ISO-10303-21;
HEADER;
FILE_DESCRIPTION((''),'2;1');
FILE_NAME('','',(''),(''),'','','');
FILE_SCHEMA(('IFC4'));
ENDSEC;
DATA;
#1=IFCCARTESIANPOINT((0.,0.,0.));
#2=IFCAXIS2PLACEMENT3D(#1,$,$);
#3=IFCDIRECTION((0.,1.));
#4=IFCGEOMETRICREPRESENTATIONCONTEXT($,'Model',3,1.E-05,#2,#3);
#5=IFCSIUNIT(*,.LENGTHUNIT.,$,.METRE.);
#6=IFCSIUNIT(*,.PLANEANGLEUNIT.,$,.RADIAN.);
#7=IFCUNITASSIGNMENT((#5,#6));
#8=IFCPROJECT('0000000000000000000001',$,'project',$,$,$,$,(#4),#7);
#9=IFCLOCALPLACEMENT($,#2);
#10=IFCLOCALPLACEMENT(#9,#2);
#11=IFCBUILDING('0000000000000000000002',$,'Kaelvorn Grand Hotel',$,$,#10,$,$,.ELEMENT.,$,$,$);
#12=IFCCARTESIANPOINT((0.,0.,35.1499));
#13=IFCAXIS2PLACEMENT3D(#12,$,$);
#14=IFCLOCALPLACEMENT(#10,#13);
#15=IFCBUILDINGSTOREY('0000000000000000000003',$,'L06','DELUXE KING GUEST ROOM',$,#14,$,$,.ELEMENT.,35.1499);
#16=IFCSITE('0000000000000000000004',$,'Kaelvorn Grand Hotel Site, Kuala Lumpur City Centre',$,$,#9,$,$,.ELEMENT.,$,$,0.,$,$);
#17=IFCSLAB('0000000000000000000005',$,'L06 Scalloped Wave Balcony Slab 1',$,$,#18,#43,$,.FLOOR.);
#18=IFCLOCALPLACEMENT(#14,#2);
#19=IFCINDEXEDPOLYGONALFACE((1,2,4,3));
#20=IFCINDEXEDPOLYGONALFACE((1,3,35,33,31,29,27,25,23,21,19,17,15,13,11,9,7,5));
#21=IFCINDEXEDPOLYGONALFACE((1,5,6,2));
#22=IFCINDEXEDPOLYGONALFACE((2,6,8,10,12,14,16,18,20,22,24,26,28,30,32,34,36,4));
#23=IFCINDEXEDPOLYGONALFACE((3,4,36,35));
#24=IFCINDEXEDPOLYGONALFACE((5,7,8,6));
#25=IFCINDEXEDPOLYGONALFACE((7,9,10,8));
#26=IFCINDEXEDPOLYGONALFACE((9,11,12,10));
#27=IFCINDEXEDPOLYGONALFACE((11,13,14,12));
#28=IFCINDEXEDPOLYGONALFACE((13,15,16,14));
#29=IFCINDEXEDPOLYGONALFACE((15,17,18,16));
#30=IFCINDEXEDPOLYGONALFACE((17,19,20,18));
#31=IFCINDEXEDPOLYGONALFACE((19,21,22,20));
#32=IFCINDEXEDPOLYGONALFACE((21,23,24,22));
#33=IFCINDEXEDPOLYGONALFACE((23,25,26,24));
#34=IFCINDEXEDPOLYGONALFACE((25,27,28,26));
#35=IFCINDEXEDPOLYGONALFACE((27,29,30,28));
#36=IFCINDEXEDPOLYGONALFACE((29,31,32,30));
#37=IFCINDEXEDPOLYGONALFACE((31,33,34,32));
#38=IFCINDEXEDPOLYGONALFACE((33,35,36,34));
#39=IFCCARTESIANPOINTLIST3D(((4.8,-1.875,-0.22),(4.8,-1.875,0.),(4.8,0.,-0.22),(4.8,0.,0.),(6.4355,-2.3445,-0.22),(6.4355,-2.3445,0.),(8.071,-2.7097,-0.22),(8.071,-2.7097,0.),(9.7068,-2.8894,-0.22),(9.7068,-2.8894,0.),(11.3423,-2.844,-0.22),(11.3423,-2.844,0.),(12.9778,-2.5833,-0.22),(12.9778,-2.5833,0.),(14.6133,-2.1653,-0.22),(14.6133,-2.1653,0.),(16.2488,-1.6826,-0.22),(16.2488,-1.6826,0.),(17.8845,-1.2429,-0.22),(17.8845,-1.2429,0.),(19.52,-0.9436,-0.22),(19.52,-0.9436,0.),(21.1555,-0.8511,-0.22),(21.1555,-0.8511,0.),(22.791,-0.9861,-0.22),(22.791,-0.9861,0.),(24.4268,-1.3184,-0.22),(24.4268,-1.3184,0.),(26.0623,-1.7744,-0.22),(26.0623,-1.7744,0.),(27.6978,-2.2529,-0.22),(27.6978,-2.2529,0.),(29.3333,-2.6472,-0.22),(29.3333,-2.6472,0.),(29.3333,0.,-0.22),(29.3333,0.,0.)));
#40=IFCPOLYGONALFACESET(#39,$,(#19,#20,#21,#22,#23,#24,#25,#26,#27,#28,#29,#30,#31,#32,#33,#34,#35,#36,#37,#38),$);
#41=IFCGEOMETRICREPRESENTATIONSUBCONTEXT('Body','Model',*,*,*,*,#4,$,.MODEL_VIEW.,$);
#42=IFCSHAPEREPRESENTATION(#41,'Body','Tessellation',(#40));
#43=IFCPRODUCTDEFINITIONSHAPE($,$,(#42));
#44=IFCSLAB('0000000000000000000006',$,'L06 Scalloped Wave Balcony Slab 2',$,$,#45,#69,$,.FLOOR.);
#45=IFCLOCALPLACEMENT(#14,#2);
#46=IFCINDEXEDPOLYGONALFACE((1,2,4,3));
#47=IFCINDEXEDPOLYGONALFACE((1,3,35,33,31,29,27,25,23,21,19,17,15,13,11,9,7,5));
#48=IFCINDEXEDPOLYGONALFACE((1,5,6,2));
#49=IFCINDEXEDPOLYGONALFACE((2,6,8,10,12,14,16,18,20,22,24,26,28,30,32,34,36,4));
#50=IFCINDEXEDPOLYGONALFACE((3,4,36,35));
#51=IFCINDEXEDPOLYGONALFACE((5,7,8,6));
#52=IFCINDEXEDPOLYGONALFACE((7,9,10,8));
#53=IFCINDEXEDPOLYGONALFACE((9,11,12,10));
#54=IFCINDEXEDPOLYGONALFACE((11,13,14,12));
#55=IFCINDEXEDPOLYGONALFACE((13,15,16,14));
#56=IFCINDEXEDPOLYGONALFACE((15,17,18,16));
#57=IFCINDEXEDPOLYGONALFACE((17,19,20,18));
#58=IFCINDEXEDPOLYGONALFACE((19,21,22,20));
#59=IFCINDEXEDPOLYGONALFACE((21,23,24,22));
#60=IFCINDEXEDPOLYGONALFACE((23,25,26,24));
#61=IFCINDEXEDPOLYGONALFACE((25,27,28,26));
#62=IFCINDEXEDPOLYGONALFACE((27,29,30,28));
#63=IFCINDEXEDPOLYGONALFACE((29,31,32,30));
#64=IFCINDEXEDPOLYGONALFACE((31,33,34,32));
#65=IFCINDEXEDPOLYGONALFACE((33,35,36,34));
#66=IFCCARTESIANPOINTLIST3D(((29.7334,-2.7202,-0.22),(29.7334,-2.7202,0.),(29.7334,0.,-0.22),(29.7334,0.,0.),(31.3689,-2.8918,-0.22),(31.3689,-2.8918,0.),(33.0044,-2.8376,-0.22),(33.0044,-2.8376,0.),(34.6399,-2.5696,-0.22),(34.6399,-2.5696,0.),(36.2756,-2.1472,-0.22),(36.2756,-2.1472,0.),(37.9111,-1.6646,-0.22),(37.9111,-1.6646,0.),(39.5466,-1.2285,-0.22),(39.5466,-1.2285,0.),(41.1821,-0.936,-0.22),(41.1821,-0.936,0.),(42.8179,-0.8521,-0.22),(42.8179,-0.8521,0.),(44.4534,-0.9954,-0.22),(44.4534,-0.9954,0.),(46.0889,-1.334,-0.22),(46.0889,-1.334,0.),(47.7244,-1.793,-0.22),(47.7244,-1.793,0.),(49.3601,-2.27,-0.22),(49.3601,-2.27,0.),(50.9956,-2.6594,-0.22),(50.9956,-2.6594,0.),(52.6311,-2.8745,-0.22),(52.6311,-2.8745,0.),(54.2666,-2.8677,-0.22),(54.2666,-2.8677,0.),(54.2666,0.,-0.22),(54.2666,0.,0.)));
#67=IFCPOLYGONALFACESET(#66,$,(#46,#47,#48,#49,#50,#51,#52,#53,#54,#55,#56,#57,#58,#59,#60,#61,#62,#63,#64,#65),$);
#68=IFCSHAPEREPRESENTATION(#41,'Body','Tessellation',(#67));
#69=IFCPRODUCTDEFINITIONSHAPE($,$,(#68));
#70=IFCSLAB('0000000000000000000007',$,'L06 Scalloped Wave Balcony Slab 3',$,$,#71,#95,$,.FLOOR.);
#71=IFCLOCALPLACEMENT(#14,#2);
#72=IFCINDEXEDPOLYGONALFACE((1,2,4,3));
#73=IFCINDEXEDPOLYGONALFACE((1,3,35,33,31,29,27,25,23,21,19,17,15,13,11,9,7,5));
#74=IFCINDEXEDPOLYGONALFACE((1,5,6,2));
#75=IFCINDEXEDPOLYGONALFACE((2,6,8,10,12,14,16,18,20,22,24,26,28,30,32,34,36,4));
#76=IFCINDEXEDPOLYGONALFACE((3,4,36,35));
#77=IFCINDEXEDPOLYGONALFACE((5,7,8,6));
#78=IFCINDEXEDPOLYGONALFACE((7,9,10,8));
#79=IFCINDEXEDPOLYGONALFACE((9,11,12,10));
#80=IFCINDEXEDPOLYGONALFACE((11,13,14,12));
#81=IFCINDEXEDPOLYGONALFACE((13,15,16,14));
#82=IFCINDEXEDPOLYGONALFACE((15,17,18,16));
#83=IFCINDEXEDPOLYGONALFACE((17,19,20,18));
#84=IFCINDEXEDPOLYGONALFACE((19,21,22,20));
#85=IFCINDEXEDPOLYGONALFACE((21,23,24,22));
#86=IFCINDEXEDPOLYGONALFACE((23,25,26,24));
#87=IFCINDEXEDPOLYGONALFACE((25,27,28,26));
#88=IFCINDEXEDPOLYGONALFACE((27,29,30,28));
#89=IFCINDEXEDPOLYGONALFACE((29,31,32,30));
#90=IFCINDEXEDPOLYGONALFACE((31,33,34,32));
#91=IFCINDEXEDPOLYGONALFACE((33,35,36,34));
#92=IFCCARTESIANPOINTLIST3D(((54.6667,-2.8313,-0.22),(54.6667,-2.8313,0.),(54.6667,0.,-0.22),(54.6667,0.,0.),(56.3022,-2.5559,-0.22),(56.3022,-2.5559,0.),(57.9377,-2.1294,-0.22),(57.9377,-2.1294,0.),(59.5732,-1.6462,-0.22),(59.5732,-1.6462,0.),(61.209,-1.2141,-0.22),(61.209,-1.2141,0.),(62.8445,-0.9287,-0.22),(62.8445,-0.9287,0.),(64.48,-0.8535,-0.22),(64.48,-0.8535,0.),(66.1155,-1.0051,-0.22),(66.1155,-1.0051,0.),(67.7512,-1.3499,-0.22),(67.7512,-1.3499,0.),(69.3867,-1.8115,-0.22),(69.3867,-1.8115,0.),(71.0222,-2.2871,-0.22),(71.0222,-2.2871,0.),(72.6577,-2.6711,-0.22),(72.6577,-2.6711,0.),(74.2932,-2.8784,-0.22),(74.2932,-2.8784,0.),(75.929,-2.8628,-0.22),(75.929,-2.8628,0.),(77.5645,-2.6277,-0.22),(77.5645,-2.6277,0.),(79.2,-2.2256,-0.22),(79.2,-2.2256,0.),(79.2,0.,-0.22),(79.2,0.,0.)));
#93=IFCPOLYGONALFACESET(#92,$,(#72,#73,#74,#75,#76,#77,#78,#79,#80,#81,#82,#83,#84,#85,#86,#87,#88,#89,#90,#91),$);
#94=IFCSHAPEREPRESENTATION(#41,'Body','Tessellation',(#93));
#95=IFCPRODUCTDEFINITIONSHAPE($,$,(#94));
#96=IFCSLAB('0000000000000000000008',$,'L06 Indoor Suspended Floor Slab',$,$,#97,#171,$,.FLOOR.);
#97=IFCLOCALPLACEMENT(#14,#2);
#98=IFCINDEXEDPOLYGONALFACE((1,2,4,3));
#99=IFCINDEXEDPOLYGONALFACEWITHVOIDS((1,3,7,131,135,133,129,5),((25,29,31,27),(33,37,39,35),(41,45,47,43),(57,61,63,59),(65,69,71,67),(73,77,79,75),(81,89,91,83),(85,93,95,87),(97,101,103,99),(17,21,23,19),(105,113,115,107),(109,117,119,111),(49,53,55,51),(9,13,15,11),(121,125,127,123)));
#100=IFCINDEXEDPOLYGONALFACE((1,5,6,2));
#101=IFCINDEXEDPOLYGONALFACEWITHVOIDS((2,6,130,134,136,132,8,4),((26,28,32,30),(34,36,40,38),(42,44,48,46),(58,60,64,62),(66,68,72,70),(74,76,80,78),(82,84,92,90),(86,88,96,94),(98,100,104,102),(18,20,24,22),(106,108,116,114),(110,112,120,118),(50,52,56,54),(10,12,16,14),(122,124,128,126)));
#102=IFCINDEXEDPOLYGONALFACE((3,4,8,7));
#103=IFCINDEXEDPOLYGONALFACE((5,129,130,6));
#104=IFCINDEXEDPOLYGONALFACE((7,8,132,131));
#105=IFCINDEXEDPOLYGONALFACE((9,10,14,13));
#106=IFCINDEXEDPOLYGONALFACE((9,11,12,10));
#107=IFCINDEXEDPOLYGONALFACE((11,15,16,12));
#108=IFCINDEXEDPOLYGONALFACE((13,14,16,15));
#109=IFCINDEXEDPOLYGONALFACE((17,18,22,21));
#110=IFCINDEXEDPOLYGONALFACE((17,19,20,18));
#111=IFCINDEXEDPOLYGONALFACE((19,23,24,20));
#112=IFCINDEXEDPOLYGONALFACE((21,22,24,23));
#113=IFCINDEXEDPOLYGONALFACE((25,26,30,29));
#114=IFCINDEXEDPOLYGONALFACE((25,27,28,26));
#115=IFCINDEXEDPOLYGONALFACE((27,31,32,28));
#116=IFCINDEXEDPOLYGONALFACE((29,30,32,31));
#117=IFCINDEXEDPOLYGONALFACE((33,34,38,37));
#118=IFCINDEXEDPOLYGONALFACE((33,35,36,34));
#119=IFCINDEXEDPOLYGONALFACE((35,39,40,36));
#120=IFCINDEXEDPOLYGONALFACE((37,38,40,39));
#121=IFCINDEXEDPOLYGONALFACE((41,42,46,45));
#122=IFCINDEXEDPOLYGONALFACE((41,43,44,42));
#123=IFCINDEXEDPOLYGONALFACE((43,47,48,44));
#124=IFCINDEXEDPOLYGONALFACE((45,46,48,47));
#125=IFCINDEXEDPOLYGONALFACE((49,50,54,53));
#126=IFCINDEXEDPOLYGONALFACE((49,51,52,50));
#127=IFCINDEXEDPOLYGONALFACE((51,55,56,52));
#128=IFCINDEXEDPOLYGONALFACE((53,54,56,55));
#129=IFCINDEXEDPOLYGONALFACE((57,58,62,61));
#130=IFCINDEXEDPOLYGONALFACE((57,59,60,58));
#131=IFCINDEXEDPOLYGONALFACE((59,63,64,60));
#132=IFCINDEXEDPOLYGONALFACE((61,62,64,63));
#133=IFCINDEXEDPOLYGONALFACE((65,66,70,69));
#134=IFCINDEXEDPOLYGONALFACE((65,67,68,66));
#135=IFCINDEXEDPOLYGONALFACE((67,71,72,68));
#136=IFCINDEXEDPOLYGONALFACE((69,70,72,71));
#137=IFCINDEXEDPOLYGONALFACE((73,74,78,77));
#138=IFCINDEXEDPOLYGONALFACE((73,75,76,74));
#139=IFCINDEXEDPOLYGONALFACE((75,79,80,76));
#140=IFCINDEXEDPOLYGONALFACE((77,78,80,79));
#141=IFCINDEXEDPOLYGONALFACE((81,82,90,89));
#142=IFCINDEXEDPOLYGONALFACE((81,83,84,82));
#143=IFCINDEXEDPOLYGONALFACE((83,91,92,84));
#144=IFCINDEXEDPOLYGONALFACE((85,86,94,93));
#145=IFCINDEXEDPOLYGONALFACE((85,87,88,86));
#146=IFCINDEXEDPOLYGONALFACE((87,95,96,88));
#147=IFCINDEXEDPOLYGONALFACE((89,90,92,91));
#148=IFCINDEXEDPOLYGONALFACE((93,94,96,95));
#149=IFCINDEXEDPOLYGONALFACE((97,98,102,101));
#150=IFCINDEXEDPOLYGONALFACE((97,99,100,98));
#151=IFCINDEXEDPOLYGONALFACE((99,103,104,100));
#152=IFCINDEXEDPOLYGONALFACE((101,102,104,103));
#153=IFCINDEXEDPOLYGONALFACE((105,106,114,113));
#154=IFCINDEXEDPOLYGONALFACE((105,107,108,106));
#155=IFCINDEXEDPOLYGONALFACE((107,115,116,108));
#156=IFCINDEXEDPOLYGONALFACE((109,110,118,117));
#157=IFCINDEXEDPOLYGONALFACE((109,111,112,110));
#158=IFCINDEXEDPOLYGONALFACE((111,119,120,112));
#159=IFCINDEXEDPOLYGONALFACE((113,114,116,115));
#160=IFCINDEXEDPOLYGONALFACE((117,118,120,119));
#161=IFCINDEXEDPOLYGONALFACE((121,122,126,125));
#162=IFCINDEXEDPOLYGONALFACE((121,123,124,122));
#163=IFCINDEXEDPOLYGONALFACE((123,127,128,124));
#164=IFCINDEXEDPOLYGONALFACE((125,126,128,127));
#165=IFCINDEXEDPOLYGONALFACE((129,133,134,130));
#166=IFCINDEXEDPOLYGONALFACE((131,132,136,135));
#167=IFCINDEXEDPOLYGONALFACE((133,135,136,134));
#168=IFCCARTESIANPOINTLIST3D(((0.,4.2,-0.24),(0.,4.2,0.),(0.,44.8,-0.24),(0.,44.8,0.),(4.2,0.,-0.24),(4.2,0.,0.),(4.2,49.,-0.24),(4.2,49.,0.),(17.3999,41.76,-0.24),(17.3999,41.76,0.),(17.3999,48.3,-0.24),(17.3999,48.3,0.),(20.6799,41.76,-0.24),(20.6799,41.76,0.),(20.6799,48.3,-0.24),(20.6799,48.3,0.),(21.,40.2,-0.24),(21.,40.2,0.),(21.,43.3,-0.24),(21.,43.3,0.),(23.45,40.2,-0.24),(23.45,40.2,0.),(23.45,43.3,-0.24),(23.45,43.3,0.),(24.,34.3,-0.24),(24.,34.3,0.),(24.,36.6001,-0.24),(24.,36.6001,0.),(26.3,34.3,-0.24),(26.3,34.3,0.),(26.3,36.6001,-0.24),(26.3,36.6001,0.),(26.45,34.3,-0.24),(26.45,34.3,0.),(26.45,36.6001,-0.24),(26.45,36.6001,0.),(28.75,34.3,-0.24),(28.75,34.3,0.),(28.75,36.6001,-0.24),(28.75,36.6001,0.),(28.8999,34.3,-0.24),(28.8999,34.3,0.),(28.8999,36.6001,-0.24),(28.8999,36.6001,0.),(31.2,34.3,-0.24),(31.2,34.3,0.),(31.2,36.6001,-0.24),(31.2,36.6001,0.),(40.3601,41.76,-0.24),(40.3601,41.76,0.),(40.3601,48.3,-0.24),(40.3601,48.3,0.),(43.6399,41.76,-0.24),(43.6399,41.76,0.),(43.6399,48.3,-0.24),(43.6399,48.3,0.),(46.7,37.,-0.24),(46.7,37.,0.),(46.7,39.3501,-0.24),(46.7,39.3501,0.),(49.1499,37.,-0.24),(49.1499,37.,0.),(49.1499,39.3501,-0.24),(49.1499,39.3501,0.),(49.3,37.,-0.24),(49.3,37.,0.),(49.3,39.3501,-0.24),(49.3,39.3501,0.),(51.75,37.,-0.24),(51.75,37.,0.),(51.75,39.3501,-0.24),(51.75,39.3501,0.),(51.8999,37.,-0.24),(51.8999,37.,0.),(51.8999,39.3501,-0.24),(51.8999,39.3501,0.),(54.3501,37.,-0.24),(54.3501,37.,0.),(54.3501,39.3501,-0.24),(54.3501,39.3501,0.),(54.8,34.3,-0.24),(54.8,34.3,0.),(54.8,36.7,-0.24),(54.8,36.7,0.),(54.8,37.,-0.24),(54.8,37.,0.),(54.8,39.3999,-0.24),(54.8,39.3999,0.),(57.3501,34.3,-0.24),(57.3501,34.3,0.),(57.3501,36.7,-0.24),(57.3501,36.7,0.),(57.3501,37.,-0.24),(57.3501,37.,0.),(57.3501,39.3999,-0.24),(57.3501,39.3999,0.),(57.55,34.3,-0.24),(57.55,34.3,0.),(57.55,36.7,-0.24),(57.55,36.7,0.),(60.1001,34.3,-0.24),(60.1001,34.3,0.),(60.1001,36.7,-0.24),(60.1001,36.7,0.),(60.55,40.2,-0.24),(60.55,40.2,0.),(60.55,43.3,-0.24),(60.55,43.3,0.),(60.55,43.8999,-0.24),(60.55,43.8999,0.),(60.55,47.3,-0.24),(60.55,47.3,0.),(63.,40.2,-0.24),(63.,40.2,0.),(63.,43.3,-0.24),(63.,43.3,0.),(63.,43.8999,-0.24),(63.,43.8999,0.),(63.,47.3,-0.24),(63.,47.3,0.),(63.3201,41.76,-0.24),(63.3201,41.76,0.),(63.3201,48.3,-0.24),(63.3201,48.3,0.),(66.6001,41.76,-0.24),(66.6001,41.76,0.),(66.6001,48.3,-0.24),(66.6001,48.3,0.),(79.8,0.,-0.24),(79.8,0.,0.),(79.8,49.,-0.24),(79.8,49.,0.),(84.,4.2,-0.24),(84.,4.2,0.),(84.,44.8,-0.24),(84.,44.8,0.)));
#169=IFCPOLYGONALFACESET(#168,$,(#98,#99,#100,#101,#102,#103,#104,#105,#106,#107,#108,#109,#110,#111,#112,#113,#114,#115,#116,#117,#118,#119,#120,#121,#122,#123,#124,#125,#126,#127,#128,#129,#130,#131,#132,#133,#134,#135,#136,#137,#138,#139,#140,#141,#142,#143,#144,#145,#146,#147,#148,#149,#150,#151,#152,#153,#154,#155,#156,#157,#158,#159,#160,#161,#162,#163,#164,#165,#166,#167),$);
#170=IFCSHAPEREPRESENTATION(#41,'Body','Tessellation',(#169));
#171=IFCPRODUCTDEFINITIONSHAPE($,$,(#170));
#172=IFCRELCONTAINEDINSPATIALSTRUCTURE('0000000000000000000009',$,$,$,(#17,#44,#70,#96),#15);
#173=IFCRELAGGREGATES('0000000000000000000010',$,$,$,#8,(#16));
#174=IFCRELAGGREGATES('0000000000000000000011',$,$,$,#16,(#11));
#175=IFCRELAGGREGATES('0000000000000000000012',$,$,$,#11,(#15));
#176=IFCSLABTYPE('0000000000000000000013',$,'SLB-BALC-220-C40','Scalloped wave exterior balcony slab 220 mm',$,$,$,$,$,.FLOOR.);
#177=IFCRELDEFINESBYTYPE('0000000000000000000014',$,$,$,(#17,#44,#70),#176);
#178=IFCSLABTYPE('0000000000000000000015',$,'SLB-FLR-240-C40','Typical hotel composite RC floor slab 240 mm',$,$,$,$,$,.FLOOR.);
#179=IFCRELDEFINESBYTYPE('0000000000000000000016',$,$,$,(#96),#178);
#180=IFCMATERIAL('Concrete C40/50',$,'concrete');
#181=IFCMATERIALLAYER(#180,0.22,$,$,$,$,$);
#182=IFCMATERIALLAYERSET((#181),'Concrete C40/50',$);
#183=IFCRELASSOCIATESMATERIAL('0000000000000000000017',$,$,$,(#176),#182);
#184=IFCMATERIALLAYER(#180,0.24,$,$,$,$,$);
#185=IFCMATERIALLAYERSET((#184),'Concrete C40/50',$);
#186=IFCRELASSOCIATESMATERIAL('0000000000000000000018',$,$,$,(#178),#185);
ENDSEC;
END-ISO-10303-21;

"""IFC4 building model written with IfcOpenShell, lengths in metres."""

from ifc_helpers import new_model, si_unit, direction, frame, origin, place, context, subcontext, project, spatial, polyline, outline, extrude, material, layer, layer_set, type_object, element, save


model = new_model("IFC4")

# Units and contexts
model_context = context("Model", 3, precision=1e-05, world=origin(), true_north=direction((0.0, 1.0)))
body_context = subcontext(model_context, "Body", "Model", "MODEL_VIEW")
ifc_project = project(units=[si_unit("LENGTHUNIT", "METRE"), si_unit("PLANEANGLEUNIT", "RADIAN")], contexts=[model_context])

# Site, building, storey
site_placement = place(None, origin())
site = spatial("IfcSite", under=ifc_project, at=site_placement, Name="Kaelvorn Grand Hotel Site, Kuala Lumpur City Centre", CompositionType="ELEMENT", RefElevation=0.0)
building_placement = place(site_placement, origin())
building = spatial("IfcBuilding", under=site, at=building_placement, Name="Kaelvorn Grand Hotel", CompositionType="ELEMENT")
storey_placement = place(building_placement, frame((0.0, 0.0, 35.1499)))
storey = spatial("IfcBuildingStorey", under=building, at=storey_placement, Name="L06", Description="DELUXE KING GUEST ROOM", CompositionType="ELEMENT", Elevation=35.1499)

# Slabs
ifc_material_1 = material(Name="Concrete C40/50", Category="concrete")
ifc_layer_1 = layer(ifc_material_1, 0.22)
ifc_layer_set_1 = layer_set([ifc_layer_1], Name="Concrete C40/50")
slab_type_1 = type_object("IfcSlabType", Name="SLB-BALC-220-C40", Description="Scalloped wave exterior balcony slab 220 mm", PredefinedType="FLOOR", material=ifc_layer_set_1)
slab_1_placement = place(storey_placement, frame((0.0, 0.0, -0.22)))
element("IfcSlab", 1, at=slab_1_placement, inside=storey, type_object=slab_type_1, Name="L06 Scalloped Wave Balcony Slab 1", PredefinedType="FLOOR", context=body_context, shape_type="SweptSolid", body=[
    extrude(outline(polyline([(4.8, -1.875), (6.4355, -2.3445), (8.071, -2.7097), (9.7068, -2.8894), (11.3423, -2.844), (12.9778, -2.5833), (14.6133, -2.1653), (16.2488, -1.6826), (17.8845, -1.2429), (19.52, -0.9436), (21.1555, -0.8511), (22.791, -0.9861), (24.4268, -1.3184), (26.0623, -1.7744), (27.6978, -2.2529), (29.3333, -2.6472), (29.3333, 0.0), (4.8, 0.0), (4.8, -1.875)])), origin(), (0.0, 0.0, 1.0), 0.22),
])
slab_2_placement = place(storey_placement, frame((0.0, 0.0, -0.22)))
element("IfcSlab", 2, at=slab_2_placement, inside=storey, type_object=slab_type_1, Name="L06 Scalloped Wave Balcony Slab 2", PredefinedType="FLOOR", context=body_context, shape_type="SweptSolid", body=[
    extrude(outline(polyline([(29.7334, -2.7202), (31.3689, -2.8918), (33.0044, -2.8376), (34.6399, -2.5696), (36.2756, -2.1472), (37.9111, -1.6646), (39.5466, -1.2285), (41.1821, -0.936), (42.8179, -0.8521), (44.4534, -0.9954), (46.0889, -1.334), (47.7244, -1.793), (49.3601, -2.27), (50.9956, -2.6594), (52.6311, -2.8745), (54.2666, -2.8677), (54.2666, 0.0), (29.7334, 0.0), (29.7334, -2.7202)])), origin(), (0.0, 0.0, 1.0), 0.22),
])
slab_3_placement = place(storey_placement, frame((0.0, 0.0, -0.22)))
element("IfcSlab", 3, at=slab_3_placement, inside=storey, type_object=slab_type_1, Name="L06 Scalloped Wave Balcony Slab 3", PredefinedType="FLOOR", context=body_context, shape_type="SweptSolid", body=[
    extrude(outline(polyline([(54.6667, -2.8313), (56.3022, -2.5559), (57.9377, -2.1294), (59.5732, -1.6462), (61.209, -1.2141), (62.8445, -0.9287), (64.48, -0.8535), (66.1155, -1.0051), (67.7512, -1.3499), (69.3867, -1.8115), (71.0222, -2.2871), (72.6577, -2.6711), (74.2932, -2.8784), (75.929, -2.8628), (77.5645, -2.6277), (79.2, -2.2256), (79.2, 0.0), (54.6667, 0.0), (54.6667, -2.8313)])), origin(), (0.0, 0.0, 1.0), 0.22),
])
ifc_layer_2 = layer(ifc_material_1, 0.24)
ifc_layer_set_2 = layer_set([ifc_layer_2], Name="Concrete C40/50")
slab_type_2 = type_object("IfcSlabType", Name="SLB-FLR-240-C40", Description="Typical hotel composite RC floor slab 240 mm", PredefinedType="FLOOR", material=ifc_layer_set_2)
slab_4_placement = place(storey_placement, frame((0.0, 0.0, -0.24)))
element("IfcSlab", 4, at=slab_4_placement, inside=storey, type_object=slab_type_2, Name="L06 Indoor Suspended Floor Slab", PredefinedType="FLOOR", context=body_context, shape_type="SweptSolid", body=[
    extrude(outline(polyline([(4.2, 0.0), (79.8, 0.0), (84.0, 4.2), (84.0, 44.8), (79.8, 49.0), (4.2, 49.0), (0.0, 44.8), (0.0, 4.2), (4.2, 0.0)]), holes=[polyline([(17.3999, 41.76), (17.3999, 48.3), (20.6799, 48.3), (20.6799, 41.76), (17.3999, 41.76)]), polyline([(40.3601, 41.76), (40.3601, 48.3), (43.6399, 48.3), (43.6399, 41.76), (40.3601, 41.76)]), polyline([(63.3201, 41.76), (63.3201, 48.3), (66.6001, 48.3), (66.6001, 41.76), (63.3201, 41.76)]), polyline([(24.0, 34.3), (24.0, 36.6001), (26.3, 36.6001), (26.3, 34.3), (24.0, 34.3)]), polyline([(26.45, 34.3), (26.45, 36.6001), (28.75, 36.6001), (28.75, 34.3), (26.45, 34.3)]), polyline([(28.8999, 34.3), (28.8999, 36.6001), (31.2, 36.6001), (31.2, 34.3), (28.8999, 34.3)]), polyline([(46.7, 37.0), (46.7, 39.3501), (49.1499, 39.3501), (49.1499, 37.0), (46.7, 37.0)]), polyline([(49.3, 37.0), (49.3, 39.3501), (51.75, 39.3501), (51.75, 37.0), (49.3, 37.0)]), polyline([(51.8999, 37.0), (51.8999, 39.3501), (54.3501, 39.3501), (54.3501, 37.0), (51.8999, 37.0)]), polyline([(54.8, 34.3), (54.8, 36.7), (57.3501, 36.7), (57.3501, 34.3), (54.8, 34.3)]), polyline([(57.55, 34.3), (57.55, 36.7), (60.1001, 36.7), (60.1001, 34.3), (57.55, 34.3)]), polyline([(54.8, 37.0), (54.8, 39.3999), (57.3501, 39.3999), (57.3501, 37.0), (54.8, 37.0)]), polyline([(21.0, 40.2), (21.0, 43.3), (23.45, 43.3), (23.45, 40.2), (21.0, 40.2)]), polyline([(60.55, 40.2), (60.55, 43.3), (63.0, 43.3), (63.0, 40.2), (60.55, 40.2)]), polyline([(60.55, 43.8999), (60.55, 47.3), (63.0, 47.3), (63.0, 43.8999), (60.55, 43.8999)])]), origin(), (0.0, 0.0, 1.0), 0.24),
])

save(model, "model.ifc")
